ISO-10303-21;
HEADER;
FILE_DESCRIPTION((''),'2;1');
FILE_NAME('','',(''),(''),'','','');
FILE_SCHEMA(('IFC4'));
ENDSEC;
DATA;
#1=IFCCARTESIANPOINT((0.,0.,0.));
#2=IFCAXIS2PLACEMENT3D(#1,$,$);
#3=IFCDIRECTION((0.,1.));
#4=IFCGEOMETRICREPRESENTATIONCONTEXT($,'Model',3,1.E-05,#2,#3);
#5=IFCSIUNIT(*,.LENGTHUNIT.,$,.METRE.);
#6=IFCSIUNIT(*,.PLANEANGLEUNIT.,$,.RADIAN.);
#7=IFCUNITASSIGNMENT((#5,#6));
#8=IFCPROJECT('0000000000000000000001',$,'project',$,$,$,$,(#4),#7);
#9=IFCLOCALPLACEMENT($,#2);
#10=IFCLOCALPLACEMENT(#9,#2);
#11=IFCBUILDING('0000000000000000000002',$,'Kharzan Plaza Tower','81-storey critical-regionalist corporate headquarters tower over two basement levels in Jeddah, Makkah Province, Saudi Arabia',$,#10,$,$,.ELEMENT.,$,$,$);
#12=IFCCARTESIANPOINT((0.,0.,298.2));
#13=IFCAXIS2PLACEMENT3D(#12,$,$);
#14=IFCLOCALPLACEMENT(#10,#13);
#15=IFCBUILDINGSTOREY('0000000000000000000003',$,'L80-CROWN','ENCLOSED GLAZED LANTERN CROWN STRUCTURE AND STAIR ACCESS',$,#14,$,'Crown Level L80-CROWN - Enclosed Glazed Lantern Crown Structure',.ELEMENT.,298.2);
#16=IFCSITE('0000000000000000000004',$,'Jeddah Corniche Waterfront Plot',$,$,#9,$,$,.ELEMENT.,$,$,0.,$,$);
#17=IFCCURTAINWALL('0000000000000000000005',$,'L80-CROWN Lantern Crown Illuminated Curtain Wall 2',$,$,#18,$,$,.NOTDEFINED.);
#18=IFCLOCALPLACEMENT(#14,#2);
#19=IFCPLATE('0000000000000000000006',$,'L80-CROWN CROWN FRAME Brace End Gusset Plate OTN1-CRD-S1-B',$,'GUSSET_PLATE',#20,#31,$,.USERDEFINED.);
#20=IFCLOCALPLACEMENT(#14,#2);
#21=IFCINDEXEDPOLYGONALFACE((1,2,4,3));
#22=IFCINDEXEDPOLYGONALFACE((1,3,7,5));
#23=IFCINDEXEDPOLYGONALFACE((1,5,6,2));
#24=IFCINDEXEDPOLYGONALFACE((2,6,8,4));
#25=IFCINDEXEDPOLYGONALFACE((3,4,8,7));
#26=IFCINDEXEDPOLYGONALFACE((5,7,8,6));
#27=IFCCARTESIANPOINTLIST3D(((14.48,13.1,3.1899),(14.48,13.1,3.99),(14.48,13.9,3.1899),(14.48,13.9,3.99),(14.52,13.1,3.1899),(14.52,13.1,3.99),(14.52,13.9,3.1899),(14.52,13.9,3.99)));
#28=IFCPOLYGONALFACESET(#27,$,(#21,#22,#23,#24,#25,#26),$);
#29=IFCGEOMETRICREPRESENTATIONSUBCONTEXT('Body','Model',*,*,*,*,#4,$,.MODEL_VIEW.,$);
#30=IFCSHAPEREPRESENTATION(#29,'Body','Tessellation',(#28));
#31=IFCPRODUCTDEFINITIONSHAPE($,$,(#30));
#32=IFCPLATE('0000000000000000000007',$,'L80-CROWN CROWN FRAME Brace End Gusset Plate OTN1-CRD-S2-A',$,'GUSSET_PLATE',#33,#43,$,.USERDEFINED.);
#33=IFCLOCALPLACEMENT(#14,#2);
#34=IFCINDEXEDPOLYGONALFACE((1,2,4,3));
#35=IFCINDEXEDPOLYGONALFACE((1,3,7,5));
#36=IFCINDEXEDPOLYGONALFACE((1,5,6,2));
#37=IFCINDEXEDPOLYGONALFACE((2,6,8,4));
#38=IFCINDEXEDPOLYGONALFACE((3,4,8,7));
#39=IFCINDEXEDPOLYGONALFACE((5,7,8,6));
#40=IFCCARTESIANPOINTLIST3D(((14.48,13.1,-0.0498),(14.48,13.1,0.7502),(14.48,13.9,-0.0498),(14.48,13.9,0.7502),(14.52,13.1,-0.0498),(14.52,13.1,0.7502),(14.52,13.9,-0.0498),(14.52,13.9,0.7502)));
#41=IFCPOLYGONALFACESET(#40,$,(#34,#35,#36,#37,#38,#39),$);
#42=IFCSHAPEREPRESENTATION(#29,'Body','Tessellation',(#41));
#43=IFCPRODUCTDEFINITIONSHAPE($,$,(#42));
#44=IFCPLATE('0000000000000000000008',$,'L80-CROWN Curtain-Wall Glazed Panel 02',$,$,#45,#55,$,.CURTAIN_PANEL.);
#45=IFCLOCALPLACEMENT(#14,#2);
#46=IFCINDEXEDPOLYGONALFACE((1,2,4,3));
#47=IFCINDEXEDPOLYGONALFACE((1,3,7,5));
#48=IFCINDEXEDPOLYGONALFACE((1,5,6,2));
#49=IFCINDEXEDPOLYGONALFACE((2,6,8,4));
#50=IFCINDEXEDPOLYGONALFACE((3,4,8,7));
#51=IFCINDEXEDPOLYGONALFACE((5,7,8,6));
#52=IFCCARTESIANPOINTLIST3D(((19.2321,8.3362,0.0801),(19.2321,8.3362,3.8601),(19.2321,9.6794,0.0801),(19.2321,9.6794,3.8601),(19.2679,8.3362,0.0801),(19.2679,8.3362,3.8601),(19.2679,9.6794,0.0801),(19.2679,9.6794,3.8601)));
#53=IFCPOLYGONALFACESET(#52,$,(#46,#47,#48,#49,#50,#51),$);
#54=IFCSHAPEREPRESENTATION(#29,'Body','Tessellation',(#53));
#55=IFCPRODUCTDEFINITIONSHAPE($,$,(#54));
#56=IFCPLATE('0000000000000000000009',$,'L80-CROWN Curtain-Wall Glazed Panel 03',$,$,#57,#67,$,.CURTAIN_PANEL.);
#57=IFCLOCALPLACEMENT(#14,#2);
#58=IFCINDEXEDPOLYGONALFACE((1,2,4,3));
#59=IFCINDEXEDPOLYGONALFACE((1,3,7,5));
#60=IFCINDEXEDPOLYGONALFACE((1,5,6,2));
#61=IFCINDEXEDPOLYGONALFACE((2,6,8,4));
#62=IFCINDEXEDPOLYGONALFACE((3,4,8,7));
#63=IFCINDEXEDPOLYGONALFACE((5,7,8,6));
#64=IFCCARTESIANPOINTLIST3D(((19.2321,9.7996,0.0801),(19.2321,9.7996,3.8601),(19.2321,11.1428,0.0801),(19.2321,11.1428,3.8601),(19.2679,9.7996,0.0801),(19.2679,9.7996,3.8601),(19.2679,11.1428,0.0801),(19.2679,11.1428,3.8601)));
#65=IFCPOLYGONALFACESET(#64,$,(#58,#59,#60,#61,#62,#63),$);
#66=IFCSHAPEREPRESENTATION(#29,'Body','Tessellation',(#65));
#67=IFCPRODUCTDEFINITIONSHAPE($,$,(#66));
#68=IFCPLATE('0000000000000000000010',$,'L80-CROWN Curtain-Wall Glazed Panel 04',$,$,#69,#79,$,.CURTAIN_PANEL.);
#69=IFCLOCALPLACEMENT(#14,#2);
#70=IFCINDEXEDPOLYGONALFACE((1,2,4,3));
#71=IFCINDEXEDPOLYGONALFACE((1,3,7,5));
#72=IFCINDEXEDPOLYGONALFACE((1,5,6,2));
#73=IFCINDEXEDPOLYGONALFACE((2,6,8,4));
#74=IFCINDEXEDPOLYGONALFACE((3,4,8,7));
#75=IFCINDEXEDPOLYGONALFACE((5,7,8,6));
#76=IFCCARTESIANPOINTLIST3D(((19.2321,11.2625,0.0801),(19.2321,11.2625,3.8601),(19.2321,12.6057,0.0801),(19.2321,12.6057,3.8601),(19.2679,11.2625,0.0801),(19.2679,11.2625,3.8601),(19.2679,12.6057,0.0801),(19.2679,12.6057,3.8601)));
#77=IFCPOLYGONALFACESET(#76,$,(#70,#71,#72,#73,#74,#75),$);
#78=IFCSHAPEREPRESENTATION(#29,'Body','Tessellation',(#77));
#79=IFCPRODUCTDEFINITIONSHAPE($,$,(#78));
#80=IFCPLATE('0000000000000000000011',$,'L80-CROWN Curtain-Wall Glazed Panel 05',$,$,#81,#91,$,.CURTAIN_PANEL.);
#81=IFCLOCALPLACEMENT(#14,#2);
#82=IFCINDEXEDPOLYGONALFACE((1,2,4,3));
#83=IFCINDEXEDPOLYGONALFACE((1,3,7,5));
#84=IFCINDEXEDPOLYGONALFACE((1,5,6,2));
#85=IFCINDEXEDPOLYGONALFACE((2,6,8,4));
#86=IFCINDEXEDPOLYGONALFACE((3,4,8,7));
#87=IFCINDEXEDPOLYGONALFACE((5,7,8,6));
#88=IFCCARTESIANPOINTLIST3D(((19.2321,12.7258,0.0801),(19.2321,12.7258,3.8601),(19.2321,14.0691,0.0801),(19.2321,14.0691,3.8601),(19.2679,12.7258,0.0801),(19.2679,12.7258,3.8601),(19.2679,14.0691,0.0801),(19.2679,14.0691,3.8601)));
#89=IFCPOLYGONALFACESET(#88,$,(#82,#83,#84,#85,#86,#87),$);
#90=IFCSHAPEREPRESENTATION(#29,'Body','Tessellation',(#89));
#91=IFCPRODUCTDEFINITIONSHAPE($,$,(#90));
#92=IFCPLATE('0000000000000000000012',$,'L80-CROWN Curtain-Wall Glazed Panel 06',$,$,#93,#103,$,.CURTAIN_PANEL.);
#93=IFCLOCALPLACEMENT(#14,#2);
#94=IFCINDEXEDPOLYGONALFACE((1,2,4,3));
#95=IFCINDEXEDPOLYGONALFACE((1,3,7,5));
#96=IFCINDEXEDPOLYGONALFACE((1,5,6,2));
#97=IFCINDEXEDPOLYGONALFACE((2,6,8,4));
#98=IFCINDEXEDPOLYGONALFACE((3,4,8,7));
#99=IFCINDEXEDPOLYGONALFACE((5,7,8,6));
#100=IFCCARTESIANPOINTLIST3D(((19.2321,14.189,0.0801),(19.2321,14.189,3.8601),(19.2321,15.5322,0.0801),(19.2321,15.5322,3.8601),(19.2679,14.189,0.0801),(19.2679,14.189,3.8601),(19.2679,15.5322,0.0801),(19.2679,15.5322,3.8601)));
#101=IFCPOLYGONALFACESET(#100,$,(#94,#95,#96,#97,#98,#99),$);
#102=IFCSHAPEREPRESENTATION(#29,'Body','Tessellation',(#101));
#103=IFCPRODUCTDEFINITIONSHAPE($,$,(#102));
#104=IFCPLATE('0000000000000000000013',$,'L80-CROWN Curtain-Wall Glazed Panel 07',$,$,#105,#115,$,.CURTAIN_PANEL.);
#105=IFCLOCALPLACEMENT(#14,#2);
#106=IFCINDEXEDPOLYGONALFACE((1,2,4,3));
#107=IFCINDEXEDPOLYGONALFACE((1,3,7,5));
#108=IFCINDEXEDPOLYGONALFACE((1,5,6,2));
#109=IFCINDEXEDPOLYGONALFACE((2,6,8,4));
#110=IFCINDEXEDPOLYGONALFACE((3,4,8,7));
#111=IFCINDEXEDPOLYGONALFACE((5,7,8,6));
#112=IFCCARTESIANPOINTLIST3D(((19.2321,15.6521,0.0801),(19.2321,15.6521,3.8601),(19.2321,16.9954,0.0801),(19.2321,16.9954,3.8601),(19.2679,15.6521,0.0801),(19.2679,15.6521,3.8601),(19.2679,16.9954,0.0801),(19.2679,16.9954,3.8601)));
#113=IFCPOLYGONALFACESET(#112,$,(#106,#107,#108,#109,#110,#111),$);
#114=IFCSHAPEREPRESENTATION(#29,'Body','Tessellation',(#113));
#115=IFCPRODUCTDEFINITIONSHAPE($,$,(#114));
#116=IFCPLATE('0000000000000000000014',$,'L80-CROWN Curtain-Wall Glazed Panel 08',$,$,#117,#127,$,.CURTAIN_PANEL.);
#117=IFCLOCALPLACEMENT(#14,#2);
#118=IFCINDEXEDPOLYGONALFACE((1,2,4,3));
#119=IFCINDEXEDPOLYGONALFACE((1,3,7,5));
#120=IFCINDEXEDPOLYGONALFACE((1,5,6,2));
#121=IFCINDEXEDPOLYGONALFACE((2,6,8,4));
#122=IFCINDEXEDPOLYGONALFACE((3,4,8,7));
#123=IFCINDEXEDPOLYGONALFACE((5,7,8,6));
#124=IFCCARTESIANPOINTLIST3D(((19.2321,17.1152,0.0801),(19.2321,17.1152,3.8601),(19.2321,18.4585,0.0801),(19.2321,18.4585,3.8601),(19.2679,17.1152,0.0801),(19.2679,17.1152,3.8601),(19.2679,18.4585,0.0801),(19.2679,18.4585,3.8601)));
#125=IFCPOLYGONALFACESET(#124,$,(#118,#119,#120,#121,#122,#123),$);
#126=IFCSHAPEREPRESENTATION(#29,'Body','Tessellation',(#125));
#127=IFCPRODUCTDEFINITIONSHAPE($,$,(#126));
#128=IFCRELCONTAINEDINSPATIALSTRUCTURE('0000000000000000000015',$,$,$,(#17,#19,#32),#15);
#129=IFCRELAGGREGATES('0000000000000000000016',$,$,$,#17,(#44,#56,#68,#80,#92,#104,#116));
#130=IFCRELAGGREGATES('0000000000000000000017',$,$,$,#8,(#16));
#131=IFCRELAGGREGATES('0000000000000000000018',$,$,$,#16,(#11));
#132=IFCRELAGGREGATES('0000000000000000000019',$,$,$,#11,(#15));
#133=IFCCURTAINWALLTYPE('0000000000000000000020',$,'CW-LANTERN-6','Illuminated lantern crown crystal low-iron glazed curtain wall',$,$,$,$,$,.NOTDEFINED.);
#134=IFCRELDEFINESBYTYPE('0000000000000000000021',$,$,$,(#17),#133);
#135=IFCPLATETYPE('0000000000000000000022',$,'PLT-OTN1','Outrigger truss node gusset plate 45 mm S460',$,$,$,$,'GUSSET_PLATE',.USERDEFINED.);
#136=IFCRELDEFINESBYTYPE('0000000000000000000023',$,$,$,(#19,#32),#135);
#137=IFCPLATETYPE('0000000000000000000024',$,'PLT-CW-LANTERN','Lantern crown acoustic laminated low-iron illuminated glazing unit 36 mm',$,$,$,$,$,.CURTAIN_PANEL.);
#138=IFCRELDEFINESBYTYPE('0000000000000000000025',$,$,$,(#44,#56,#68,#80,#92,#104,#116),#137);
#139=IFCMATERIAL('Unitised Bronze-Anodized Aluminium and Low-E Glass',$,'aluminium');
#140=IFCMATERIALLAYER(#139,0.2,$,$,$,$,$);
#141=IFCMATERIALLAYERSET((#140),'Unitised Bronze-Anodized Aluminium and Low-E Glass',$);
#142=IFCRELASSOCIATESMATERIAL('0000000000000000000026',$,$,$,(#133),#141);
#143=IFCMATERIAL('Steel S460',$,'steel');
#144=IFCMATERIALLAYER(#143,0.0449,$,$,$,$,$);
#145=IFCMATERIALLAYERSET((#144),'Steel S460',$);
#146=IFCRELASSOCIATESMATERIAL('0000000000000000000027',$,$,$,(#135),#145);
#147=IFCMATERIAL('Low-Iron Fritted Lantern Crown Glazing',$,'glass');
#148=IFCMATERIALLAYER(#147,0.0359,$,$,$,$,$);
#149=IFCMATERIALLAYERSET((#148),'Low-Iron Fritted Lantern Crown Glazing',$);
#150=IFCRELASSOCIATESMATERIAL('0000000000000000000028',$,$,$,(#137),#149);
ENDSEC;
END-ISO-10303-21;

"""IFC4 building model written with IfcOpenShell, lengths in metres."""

from ifc_helpers import new_model, si_unit, direction, frame, origin, origin_2d, place, context, subcontext, project, spatial, rectangle, extrude, source, transform, mapped, material, layer, layer_set, type_object, element, aggregate, save


model = new_model("IFC4")

# Units and contexts
model_context = context("Model", 3, precision=1e-05, world=origin(), true_north=direction((0.0, 1.0)))
body_context = subcontext(model_context, "Body", "Model", "MODEL_VIEW")
ifc_project = project(units=[si_unit("LENGTHUNIT", "METRE"), si_unit("PLANEANGLEUNIT", "RADIAN")], contexts=[model_context])

# Site, building, storey
site_placement = place(None, origin())
site = spatial("IfcSite", under=ifc_project, at=site_placement, Name="Jeddah Corniche Waterfront Plot", CompositionType="ELEMENT", RefElevation=0.0)
building_placement = place(site_placement, origin())
building = spatial("IfcBuilding", under=site, at=building_placement, Name="Kharzan Plaza Tower", Description="81-storey critical-regionalist corporate headquarters tower over two basement levels in Jeddah, Makkah Province, Saudi Arabia", CompositionType="ELEMENT")
storey_placement = place(building_placement, frame((0.0, 0.0, 298.2)))
storey = spatial("IfcBuildingStorey", under=building, at=storey_placement, Name="L80-CROWN", Description="ENCLOSED GLAZED LANTERN CROWN STRUCTURE AND STAIR ACCESS", LongName="Crown Level L80-CROWN - Enclosed Glazed Lantern Crown Structure", CompositionType="ELEMENT", Elevation=298.2)

# Curtain wall
ifc_material_1 = material(Name="Unitised Bronze-Anodized Aluminium and Low-E Glass", Category="aluminium")
ifc_layer_1 = layer(ifc_material_1, 0.2)
ifc_layer_set_1 = layer_set([ifc_layer_1], Name="Unitised Bronze-Anodized Aluminium and Low-E Glass")
curtain_wall_type = type_object("IfcCurtainWallType", Name="CW-LANTERN-6", Description="Illuminated lantern crown crystal low-iron glazed curtain wall", PredefinedType="NOTDEFINED", material=ifc_layer_set_1)
curtain_wall_placement = place(storey_placement, origin())
curtain_wall = element("IfcCurtainWall", 1, at=curtain_wall_placement, inside=storey, type_object=curtain_wall_type, Name="L80-CROWN Lantern Crown Illuminated Curtain Wall 2", PredefinedType="NOTDEFINED")

# Plates
ifc_material_2 = material(Name="Steel S460", Category="steel")
ifc_layer_2 = layer(ifc_material_2, 0.0449)
ifc_layer_set_2 = layer_set([ifc_layer_2], Name="Steel S460")
plate_type_1 = type_object("IfcPlateType", Name="PLT-OTN1", Description="Outrigger truss node gusset plate 45 mm S460", ElementType="GUSSET_PLATE", PredefinedType="USERDEFINED", material=ifc_layer_set_2)
shared_shape_1 = source(origin(), body_context, "Body", "SweptSolid", [
    extrude(rectangle(XDim=0.8, YDim=0.04, at=origin_2d()), origin(), (0.0, 0.0, 1.0), 0.8),
])
for number, where, z_axis, x_axis, name in (
    (2, (14.5, 13.5, 3.1899), (0.0, 0.0, 1.0), (0.0, 1.0, 0.0), "L80-CROWN CROWN FRAME Brace End Gusset Plate OTN1-CRD-S1-B"),
    (3, (14.5, 13.5, -0.0498), (0.0, 0.0, 1.0), (0.0, 1.0, 0.0), "L80-CROWN CROWN FRAME Brace End Gusset Plate OTN1-CRD-S2-A"),
):
    element("IfcPlate", number, at=place(storey_placement, frame(where, z_axis=z_axis, x_axis=x_axis)), inside=storey, type_object=plate_type_1, Name=name, ObjectType="GUSSET_PLATE", PredefinedType="USERDEFINED", context=body_context, shape_type="MappedRepresentation", body=[
        mapped(shared_shape_1, transform((0.0, 0.0, 0.0), x_axis=(1.0, 0.0, 0.0), y_axis=(0.0, 1.0, 0.0), z_axis=(0.0, 0.0, 1.0))),
    ])

# Plates
ifc_material_3 = material(Name="Low-Iron Fritted Lantern Crown Glazing", Category="glass")
ifc_layer_3 = layer(ifc_material_3, 0.0359)
ifc_layer_set_3 = layer_set([ifc_layer_3], Name="Low-Iron Fritted Lantern Crown Glazing")
plate_type_2 = type_object("IfcPlateType", Name="PLT-CW-LANTERN", Description="Lantern crown acoustic laminated low-iron illuminated glazing unit 36 mm", PredefinedType="CURTAIN_PANEL", material=ifc_layer_set_3)
shared_shape_2 = source(origin(), body_context, "Body", "SweptSolid", [
    extrude(rectangle(XDim=1.3433, YDim=0.0359, at=origin_2d()), origin(), (0.0, 0.0, 1.0), 3.78),
])
plate_1_placement = place(storey_placement, frame((19.25, 9.0078, 0.0801), z_axis=(0.0, 0.0, 1.0), x_axis=(0.0, 1.0, 0.0)))
plate_1 = element("IfcPlate", 4, at=plate_1_placement, type_object=plate_type_2, Name="L80-CROWN Curtain-Wall Glazed Panel 02", PredefinedType="CURTAIN_PANEL", context=body_context, shape_type="MappedRepresentation", body=[
    mapped(shared_shape_2, transform((0.0, 0.0, 0.0), x_axis=(1.0, 0.0, 0.0), y_axis=(0.0, 1.0, 0.0), z_axis=(0.0, 0.0, 1.0))),
])
plate_2_placement = place(storey_placement, frame((19.25, 10.4712, 0.0801), z_axis=(0.0, 0.0, 1.0), x_axis=(0.0, 1.0, 0.0)))
plate_2 = element("IfcPlate", 5, at=plate_2_placement, type_object=plate_type_2, Name="L80-CROWN Curtain-Wall Glazed Panel 03", PredefinedType="CURTAIN_PANEL", context=body_context, shape_type="MappedRepresentation", body=[
    mapped(shared_shape_2, transform((0.0, 0.0, 0.0), x_axis=(1.0, 0.0, 0.0), y_axis=(0.0, 1.0, 0.0), z_axis=(0.0, 0.0, 1.0))),
])
plate_3_placement = place(storey_placement, frame((19.25, 11.9341, 0.0801), z_axis=(0.0, 0.0, 1.0), x_axis=(0.0, 1.0, 0.0)))
plate_3 = element("IfcPlate", 6, at=plate_3_placement, type_object=plate_type_2, Name="L80-CROWN Curtain-Wall Glazed Panel 04", PredefinedType="CURTAIN_PANEL", context=body_context, shape_type="MappedRepresentation", body=[
    mapped(shared_shape_2, transform((0.0, 0.0, 0.0), x_axis=(1.0, 0.0, 0.0), y_axis=(0.0, 1.0, 0.0), z_axis=(0.0, 0.0, 1.0))),
])
plate_4_placement = place(storey_placement, frame((19.25, 13.3975, 0.0801), z_axis=(0.0, 0.0, 1.0), x_axis=(0.0, 1.0, 0.0)))
plate_4 = element("IfcPlate", 7, at=plate_4_placement, type_object=plate_type_2, Name="L80-CROWN Curtain-Wall Glazed Panel 05", PredefinedType="CURTAIN_PANEL", context=body_context, shape_type="MappedRepresentation", body=[
    mapped(shared_shape_2, transform((0.0, 0.0, 0.0), x_axis=(1.0, 0.0, 0.0), y_axis=(0.0, 1.0, 0.0), z_axis=(0.0, 0.0, 1.0))),
])
plate_5_placement = place(storey_placement, frame((19.25, 14.8606, 0.0801), z_axis=(0.0, 0.0, 1.0), x_axis=(0.0, 1.0, 0.0)))
plate_5 = element("IfcPlate", 8, at=plate_5_placement, type_object=plate_type_2, Name="L80-CROWN Curtain-Wall Glazed Panel 06", PredefinedType="CURTAIN_PANEL", context=body_context, shape_type="MappedRepresentation", body=[
    mapped(shared_shape_2, transform((0.0, 0.0, 0.0), x_axis=(1.0, 0.0, 0.0), y_axis=(0.0, 1.0, 0.0), z_axis=(0.0, 0.0, 1.0))),
])
plate_6_placement = place(storey_placement, frame((19.25, 16.3237, 0.0801), z_axis=(0.0, 0.0, 1.0), x_axis=(0.0, 1.0, 0.0)))
plate_6 = element("IfcPlate", 9, at=plate_6_placement, type_object=plate_type_2, Name="L80-CROWN Curtain-Wall Glazed Panel 07", PredefinedType="CURTAIN_PANEL", context=body_context, shape_type="MappedRepresentation", body=[
    mapped(shared_shape_2, transform((0.0, 0.0, 0.0), x_axis=(1.0, 0.0, 0.0), y_axis=(0.0, 1.0, 0.0), z_axis=(0.0, 0.0, 1.0))),
])
plate_7_placement = place(storey_placement, frame((19.25, 17.7869, 0.0801), z_axis=(0.0, 0.0, 1.0), x_axis=(0.0, 1.0, 0.0)))
plate_7 = element("IfcPlate", 10, at=plate_7_placement, type_object=plate_type_2, Name="L80-CROWN Curtain-Wall Glazed Panel 08", PredefinedType="CURTAIN_PANEL", context=body_context, shape_type="MappedRepresentation", body=[
    mapped(shared_shape_2, transform((0.0, 0.0, 0.0), x_axis=(1.0, 0.0, 0.0), y_axis=(0.0, 1.0, 0.0), z_axis=(0.0, 0.0, 1.0))),
])
aggregate(curtain_wall, [plate_1, plate_2, plate_3, plate_4, plate_5, plate_6, plate_7])

save(model, "model.ifc")
